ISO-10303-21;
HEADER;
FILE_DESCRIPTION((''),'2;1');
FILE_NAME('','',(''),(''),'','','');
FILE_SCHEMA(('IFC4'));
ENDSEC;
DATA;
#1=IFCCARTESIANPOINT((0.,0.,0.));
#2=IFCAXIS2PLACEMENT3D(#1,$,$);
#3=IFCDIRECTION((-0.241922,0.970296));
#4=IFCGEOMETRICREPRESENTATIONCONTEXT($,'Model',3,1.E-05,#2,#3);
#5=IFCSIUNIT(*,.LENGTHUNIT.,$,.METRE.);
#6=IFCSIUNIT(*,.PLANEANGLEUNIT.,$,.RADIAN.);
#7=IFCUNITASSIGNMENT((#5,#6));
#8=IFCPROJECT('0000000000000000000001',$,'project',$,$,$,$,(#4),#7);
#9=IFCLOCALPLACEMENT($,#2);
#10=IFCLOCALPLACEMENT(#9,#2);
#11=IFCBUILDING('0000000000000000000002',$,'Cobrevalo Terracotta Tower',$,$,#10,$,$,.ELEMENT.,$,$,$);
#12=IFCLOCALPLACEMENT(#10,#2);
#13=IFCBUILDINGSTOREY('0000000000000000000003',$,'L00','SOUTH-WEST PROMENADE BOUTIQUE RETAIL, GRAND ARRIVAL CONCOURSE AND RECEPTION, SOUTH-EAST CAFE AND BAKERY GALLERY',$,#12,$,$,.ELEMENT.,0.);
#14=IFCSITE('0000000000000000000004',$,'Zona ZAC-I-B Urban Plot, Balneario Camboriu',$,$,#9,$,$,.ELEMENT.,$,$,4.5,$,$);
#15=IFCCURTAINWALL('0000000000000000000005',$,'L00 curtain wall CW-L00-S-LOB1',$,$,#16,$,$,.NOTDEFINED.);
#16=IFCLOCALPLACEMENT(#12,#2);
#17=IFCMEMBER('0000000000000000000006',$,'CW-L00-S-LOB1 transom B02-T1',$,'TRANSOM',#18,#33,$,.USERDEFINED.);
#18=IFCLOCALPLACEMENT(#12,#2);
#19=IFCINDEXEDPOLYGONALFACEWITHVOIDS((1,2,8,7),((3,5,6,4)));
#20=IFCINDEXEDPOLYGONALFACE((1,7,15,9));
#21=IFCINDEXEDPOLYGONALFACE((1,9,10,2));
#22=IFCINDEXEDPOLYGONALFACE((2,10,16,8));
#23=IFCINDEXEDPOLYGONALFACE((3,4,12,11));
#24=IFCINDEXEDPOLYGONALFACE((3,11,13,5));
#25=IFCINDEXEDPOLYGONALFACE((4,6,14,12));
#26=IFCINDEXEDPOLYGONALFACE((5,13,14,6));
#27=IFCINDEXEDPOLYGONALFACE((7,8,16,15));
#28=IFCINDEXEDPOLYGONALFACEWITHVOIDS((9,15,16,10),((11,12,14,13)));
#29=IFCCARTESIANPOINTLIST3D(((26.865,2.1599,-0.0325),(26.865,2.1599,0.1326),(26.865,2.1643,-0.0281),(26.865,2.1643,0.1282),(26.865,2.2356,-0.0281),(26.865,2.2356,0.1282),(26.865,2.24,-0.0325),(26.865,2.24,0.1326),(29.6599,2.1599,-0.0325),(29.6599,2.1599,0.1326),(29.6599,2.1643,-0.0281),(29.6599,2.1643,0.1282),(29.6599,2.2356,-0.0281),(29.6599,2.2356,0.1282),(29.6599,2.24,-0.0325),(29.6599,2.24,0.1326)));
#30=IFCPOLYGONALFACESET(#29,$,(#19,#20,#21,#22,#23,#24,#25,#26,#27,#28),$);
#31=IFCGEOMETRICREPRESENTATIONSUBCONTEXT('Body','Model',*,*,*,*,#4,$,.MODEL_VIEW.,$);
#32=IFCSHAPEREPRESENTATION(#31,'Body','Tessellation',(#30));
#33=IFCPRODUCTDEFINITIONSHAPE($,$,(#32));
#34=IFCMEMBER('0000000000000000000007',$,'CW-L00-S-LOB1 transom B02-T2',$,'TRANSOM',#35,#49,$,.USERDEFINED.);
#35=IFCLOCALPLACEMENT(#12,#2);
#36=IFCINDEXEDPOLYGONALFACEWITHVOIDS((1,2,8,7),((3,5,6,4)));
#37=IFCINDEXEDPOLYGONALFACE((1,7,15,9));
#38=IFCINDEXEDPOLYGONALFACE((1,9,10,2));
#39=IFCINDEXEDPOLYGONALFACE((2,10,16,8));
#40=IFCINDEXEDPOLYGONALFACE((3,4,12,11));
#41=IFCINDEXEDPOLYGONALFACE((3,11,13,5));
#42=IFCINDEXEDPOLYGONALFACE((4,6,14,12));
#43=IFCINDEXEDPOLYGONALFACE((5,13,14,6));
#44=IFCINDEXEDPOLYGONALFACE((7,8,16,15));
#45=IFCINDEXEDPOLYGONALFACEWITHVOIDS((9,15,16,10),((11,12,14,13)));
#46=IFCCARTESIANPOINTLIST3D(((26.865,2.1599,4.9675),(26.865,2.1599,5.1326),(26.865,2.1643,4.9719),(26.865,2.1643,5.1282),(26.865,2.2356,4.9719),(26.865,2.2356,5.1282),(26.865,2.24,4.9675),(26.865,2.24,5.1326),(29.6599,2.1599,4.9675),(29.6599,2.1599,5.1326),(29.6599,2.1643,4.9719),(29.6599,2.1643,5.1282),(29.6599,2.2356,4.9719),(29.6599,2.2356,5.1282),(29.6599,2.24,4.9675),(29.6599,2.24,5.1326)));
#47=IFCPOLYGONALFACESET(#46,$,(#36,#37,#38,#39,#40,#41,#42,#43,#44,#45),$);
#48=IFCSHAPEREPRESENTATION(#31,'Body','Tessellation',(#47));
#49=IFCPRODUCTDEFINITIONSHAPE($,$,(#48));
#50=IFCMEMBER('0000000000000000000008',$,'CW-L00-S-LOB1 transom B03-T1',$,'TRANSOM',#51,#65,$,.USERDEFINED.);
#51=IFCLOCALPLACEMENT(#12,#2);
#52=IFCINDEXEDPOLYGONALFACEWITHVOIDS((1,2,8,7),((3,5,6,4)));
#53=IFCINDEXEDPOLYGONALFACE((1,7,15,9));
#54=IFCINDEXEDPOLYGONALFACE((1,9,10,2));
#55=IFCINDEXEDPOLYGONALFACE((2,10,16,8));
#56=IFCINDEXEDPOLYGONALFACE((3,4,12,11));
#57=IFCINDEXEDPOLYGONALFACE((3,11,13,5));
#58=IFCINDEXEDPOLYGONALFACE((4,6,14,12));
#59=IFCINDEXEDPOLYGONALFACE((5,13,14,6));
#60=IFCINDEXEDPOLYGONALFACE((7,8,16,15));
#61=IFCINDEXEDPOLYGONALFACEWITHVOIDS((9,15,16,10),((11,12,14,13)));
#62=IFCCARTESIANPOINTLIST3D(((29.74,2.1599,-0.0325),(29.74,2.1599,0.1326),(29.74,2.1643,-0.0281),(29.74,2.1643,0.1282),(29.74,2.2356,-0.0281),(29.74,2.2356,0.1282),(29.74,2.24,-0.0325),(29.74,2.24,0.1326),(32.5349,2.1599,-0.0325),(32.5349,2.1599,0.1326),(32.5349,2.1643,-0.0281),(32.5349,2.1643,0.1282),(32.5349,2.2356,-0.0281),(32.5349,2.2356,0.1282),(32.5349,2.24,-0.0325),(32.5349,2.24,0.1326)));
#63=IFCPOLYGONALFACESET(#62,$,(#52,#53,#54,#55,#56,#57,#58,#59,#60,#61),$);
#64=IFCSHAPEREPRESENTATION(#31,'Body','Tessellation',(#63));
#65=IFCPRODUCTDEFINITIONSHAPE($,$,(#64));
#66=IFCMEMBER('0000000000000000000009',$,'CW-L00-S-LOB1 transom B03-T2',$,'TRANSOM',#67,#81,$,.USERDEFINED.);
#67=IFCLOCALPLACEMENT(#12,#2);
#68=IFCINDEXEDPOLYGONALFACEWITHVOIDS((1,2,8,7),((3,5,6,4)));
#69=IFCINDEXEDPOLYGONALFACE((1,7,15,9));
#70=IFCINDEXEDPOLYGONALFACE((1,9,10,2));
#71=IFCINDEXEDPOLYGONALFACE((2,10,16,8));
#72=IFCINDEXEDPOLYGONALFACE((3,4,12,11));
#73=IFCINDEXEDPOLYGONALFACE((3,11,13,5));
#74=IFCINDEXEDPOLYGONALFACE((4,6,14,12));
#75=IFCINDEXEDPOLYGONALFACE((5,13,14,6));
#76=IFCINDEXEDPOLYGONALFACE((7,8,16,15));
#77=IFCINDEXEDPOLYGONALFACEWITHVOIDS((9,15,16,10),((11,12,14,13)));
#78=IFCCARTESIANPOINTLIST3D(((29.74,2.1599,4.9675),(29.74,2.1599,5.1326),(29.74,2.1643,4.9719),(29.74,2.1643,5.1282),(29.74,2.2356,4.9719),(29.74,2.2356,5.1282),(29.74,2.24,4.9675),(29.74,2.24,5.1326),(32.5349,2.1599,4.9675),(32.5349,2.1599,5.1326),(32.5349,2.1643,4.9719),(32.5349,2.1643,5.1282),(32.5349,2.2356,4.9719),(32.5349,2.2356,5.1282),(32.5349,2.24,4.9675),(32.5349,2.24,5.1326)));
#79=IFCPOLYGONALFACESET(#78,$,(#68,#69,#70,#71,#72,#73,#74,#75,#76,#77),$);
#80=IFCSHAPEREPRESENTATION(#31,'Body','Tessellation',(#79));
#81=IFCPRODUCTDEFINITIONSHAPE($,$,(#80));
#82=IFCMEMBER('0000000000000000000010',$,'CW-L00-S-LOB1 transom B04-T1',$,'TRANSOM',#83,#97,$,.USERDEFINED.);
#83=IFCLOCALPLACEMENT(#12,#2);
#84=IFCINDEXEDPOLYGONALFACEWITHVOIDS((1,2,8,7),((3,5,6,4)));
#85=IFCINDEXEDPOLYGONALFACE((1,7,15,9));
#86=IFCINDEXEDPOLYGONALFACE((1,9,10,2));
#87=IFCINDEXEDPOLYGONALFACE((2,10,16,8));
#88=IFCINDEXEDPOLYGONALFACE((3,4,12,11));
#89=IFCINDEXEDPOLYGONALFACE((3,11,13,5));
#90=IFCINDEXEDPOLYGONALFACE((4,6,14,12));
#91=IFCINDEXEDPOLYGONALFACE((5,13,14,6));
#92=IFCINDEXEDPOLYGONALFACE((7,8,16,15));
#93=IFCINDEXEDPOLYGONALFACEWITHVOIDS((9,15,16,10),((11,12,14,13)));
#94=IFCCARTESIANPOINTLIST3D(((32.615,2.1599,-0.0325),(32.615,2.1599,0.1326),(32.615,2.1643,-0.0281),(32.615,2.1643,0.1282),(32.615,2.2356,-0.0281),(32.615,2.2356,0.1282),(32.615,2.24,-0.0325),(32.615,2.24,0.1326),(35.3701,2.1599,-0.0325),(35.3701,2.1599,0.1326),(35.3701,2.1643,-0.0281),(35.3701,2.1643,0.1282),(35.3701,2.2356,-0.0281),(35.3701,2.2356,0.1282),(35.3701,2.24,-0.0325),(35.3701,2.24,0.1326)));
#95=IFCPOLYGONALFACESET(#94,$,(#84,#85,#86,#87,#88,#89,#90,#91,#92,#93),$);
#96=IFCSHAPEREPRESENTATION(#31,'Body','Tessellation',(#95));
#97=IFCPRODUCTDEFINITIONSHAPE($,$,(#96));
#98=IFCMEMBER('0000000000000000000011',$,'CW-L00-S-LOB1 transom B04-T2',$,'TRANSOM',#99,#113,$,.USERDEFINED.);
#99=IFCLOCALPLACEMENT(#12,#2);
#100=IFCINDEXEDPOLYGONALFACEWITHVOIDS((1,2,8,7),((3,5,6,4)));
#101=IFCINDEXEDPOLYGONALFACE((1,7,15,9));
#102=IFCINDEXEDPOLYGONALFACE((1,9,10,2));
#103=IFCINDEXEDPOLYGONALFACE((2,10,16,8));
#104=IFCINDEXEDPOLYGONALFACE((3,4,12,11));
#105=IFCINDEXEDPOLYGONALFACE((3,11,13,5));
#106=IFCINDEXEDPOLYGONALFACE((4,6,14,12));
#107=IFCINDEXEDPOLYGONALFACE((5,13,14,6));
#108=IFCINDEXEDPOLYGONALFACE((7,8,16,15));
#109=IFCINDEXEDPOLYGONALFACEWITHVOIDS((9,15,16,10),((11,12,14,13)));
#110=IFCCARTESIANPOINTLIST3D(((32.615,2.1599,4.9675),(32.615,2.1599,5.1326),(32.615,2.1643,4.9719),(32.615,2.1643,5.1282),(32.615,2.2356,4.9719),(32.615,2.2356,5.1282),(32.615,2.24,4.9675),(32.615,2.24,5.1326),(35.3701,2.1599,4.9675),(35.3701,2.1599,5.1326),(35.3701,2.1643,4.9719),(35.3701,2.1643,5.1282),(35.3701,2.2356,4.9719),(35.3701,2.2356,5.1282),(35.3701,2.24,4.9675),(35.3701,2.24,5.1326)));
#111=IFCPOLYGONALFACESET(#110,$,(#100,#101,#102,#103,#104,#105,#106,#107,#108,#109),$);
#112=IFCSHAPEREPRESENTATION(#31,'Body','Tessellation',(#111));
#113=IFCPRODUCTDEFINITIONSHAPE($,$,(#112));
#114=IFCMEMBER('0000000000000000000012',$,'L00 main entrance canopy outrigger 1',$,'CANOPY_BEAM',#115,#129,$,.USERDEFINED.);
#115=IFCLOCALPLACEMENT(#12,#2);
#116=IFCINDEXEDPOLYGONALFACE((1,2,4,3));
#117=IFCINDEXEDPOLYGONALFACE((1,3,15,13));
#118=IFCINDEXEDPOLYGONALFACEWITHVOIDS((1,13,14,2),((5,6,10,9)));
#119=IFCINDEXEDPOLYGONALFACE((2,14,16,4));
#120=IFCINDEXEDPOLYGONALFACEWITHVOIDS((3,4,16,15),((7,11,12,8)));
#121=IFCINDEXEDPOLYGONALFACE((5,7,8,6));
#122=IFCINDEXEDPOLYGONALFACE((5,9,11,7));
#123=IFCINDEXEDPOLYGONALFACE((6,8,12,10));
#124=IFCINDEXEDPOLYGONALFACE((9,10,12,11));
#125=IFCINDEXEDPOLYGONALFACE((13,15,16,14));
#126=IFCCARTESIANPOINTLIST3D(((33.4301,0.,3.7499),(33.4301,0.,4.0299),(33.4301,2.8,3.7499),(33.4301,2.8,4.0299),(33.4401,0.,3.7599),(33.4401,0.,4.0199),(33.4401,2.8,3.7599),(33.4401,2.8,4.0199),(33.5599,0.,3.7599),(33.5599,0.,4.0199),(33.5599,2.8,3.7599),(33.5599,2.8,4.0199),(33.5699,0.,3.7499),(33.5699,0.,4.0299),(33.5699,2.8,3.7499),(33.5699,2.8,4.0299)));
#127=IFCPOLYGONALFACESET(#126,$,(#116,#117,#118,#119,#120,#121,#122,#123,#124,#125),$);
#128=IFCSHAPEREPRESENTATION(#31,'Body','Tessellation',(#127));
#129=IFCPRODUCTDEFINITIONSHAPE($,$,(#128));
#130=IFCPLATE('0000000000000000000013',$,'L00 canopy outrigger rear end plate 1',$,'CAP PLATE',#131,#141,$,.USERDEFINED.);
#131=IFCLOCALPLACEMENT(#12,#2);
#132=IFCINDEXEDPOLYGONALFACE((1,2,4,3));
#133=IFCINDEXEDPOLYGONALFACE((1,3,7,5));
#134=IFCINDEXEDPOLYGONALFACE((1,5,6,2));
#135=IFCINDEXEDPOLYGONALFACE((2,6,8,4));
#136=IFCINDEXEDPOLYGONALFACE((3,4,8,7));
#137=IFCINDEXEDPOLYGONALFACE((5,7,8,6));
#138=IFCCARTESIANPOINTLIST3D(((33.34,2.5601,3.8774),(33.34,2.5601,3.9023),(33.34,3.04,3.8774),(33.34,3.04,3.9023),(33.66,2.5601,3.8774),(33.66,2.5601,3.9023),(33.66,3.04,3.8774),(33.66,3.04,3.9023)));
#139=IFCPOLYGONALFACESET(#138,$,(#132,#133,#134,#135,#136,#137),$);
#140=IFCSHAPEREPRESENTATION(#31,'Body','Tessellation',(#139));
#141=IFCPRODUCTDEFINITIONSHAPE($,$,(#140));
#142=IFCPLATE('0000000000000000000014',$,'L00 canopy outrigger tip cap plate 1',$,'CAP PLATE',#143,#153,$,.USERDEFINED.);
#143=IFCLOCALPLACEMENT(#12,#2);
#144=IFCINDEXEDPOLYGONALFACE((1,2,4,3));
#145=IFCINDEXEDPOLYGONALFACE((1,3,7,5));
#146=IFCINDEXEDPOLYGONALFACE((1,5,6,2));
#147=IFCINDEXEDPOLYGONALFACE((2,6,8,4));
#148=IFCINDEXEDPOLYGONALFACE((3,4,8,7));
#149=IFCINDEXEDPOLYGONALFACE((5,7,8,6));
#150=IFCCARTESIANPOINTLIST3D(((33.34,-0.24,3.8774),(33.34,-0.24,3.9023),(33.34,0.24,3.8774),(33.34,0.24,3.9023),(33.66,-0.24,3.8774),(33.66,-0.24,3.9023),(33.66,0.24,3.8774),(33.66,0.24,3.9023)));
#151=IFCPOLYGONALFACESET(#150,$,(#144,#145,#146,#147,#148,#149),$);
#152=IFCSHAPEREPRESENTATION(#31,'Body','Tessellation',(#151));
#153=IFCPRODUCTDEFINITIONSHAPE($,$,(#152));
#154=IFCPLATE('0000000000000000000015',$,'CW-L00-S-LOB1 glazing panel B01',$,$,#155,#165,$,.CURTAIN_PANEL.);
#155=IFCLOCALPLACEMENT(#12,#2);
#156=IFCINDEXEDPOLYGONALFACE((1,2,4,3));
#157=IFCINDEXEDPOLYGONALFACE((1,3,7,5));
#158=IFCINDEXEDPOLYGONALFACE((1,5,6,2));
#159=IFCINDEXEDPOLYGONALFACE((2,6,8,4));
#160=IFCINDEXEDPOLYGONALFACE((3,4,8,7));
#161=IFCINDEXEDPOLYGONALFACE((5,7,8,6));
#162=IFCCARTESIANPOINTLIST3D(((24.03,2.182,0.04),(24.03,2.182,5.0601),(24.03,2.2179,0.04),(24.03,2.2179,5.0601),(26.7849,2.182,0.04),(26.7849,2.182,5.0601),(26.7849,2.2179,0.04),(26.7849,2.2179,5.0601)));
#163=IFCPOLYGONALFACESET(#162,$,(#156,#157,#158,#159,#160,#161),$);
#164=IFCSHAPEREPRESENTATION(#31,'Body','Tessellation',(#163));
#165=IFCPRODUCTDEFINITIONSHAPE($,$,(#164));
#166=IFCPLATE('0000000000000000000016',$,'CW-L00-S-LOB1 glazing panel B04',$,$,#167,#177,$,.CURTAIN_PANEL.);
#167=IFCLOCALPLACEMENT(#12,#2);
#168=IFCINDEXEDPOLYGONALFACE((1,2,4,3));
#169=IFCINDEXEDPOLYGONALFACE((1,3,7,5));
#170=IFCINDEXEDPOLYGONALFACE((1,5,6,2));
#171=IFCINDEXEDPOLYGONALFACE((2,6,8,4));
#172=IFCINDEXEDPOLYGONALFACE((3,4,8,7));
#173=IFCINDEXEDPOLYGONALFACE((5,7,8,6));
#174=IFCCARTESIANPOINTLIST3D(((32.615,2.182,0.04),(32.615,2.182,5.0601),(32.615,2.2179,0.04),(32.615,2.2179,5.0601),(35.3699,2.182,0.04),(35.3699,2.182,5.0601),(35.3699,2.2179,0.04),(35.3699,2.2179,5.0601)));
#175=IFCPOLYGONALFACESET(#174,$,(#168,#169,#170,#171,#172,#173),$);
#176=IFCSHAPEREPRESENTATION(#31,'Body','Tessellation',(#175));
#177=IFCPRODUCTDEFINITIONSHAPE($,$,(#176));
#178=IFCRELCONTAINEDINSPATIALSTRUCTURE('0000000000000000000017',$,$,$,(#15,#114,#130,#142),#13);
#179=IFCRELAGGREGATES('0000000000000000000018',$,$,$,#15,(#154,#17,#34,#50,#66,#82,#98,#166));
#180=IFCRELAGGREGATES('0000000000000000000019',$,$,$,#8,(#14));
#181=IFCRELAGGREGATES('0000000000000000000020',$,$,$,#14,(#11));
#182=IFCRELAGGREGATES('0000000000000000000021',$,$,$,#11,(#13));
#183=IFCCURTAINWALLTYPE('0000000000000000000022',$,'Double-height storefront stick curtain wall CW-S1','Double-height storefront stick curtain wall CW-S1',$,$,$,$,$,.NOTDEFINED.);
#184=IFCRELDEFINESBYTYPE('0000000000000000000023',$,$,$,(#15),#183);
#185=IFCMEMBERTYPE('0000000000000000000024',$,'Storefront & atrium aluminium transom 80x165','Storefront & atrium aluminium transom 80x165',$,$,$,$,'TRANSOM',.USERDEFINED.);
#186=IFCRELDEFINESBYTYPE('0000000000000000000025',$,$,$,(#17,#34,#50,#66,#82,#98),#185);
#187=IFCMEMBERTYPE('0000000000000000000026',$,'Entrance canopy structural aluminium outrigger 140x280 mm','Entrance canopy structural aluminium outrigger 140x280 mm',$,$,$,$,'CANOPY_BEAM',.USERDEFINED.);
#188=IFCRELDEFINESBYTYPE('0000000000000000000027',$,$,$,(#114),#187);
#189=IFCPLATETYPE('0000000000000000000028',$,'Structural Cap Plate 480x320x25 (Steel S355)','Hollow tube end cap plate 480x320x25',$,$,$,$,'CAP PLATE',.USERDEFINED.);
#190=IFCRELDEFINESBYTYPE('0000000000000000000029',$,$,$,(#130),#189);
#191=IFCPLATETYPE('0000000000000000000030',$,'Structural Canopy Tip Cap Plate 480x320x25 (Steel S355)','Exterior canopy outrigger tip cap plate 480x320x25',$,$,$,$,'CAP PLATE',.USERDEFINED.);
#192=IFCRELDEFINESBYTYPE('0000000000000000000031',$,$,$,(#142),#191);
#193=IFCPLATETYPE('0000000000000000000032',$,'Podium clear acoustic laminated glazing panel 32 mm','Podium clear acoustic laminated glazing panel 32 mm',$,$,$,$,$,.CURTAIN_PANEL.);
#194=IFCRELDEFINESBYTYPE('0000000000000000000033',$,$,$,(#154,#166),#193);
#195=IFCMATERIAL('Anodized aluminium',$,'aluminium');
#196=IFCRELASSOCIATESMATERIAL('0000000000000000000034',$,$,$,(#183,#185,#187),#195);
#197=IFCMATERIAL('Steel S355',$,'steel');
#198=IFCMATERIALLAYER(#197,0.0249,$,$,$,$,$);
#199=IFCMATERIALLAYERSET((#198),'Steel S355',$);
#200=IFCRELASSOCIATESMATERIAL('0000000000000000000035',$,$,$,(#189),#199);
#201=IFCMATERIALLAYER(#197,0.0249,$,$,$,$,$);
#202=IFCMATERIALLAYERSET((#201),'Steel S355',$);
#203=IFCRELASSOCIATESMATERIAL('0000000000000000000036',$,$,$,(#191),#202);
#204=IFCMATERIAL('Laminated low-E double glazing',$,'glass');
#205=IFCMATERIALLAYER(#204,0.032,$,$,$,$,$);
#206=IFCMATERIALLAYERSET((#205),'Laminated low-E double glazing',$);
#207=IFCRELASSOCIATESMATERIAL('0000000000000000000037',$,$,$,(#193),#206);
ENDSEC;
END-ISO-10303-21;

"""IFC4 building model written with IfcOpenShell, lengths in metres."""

from ifc_helpers import new_model, si_unit, direction, frame, origin, origin_2d, place, context, subcontext, project, spatial, rectangle, hollow_rectangle, extrude, source, transform, mapped, material, layer, layer_set, material_profile, profile_set, type_object, element, aggregate, save


model = new_model("IFC4")

# Units and contexts
model_context = context("Model", 3, precision=1e-05, world=origin(), true_north=direction((-0.241922, 0.970296)))
body_context = subcontext(model_context, "Body", "Model", "MODEL_VIEW")
ifc_project = project(units=[si_unit("LENGTHUNIT", "METRE"), si_unit("PLANEANGLEUNIT", "RADIAN")], contexts=[model_context])

# Site, building, storey
site_placement = place(None, origin())
site = spatial("IfcSite", under=ifc_project, at=site_placement, Name="Zona ZAC-I-B Urban Plot, Balneario Camboriu", CompositionType="ELEMENT", RefElevation=4.5)
building_placement = place(site_placement, origin())
building = spatial("IfcBuilding", under=site, at=building_placement, Name="Cobrevalo Terracotta Tower", CompositionType="ELEMENT")
storey_placement = place(building_placement, origin())
storey = spatial("IfcBuildingStorey", under=building, at=storey_placement, Name="L00", Description="SOUTH-WEST PROMENADE BOUTIQUE RETAIL, GRAND ARRIVAL CONCOURSE AND RECEPTION, SOUTH-EAST CAFE AND BAKERY GALLERY", CompositionType="ELEMENT", Elevation=0.0)

# Shared definitions
ifc_material_1 = material(Name="Steel S355", Category="steel")

# Curtain wall, members
ifc_material_2 = material(Name="Anodized aluminium", Category="aluminium")
curtain_wall_type = type_object("IfcCurtainWallType", Name="Double-height storefront stick curtain wall CW-S1", Description="Double-height storefront stick curtain wall CW-S1", PredefinedType="NOTDEFINED", material=ifc_material_2)
curtain_wall_placement = place(storey_placement, origin())
curtain_wall = element("IfcCurtainWall", 1, at=curtain_wall_placement, inside=storey, type_object=curtain_wall_type, Name="L00 curtain wall CW-L00-S-LOB1", PredefinedType="NOTDEFINED")
ifc_material_profile_1 = material_profile(ifc_material_2, hollow_rectangle(XDim=0.0801, YDim=0.165, WallThickness=0.0044, at=origin_2d()), Name="CWT 80x165")
ifc_profile_set_1 = profile_set([ifc_material_profile_1], Name="Anodized aluminium")
member_type_1 = type_object("IfcMemberType", Name="Storefront & atrium aluminium transom 80x165", Description="Storefront & atrium aluminium transom 80x165", ElementType="TRANSOM", PredefinedType="USERDEFINED", material=ifc_profile_set_1)
shared_shape_1 = source(origin(), body_context, "Body", "SweptSolid", [
    extrude(hollow_rectangle(XDim=0.0801, YDim=0.165, WallThickness=0.0044, at=origin_2d()), origin(), (0.0, 0.0, 1.0), 2.7949),
])
member_1_placement = place(storey_placement, frame((26.865, 2.2, 0.05), z_axis=(1.0, 0.0, 0.0), x_axis=(0.0, 1.0, 0.0)))
member_1 = element("IfcMember", 2, at=member_1_placement, type_object=member_type_1, Name="CW-L00-S-LOB1 transom B02-T1", ObjectType="TRANSOM", PredefinedType="USERDEFINED", context=body_context, shape_type="MappedRepresentation", body=[
    mapped(shared_shape_1, transform((0.0, 0.0, 0.0), scale=1.0)),
])
member_2_placement = place(storey_placement, frame((26.865, 2.2, 5.05), z_axis=(1.0, 0.0, 0.0), x_axis=(0.0, 1.0, 0.0)))
member_2 = element("IfcMember", 3, at=member_2_placement, type_object=member_type_1, Name="CW-L00-S-LOB1 transom B02-T2", ObjectType="TRANSOM", PredefinedType="USERDEFINED", context=body_context, shape_type="MappedRepresentation", body=[
    mapped(shared_shape_1, transform((0.0, 0.0, 0.0), scale=1.0)),
])
member_3_placement = place(storey_placement, frame((29.74, 2.2, 0.05), z_axis=(1.0, 0.0, 0.0), x_axis=(0.0, 1.0, 0.0)))
member_3 = element("IfcMember", 4, at=member_3_placement, type_object=member_type_1, Name="CW-L00-S-LOB1 transom B03-T1", ObjectType="TRANSOM", PredefinedType="USERDEFINED", context=body_context, shape_type="MappedRepresentation", body=[
    mapped(shared_shape_1, transform((0.0, 0.0, 0.0), scale=1.0)),
])
member_4_placement = place(storey_placement, frame((29.74, 2.2, 5.05), z_axis=(1.0, 0.0, 0.0), x_axis=(0.0, 1.0, 0.0)))
member_4 = element("IfcMember", 5, at=member_4_placement, type_object=member_type_1, Name="CW-L00-S-LOB1 transom B03-T2", ObjectType="TRANSOM", PredefinedType="USERDEFINED", context=body_context, shape_type="MappedRepresentation", body=[
    mapped(shared_shape_1, transform((0.0, 0.0, 0.0), scale=1.0)),
])
shared_shape_2 = source(origin(), body_context, "Body", "SweptSolid", [
    extrude(hollow_rectangle(XDim=0.0801, YDim=0.165, WallThickness=0.0044, at=origin_2d()), origin(), (0.0, 0.0, 1.0), 2.7551),
])
member_5_placement = place(storey_placement, frame((32.615, 2.2, 0.05), z_axis=(1.0, 0.0, 0.0), x_axis=(0.0, 1.0, 0.0)))
member_5 = element("IfcMember", 6, at=member_5_placement, type_object=member_type_1, Name="CW-L00-S-LOB1 transom B04-T1", ObjectType="TRANSOM", PredefinedType="USERDEFINED", context=body_context, shape_type="MappedRepresentation", body=[
    mapped(shared_shape_2, transform((0.0, 0.0, 0.0), scale=1.0)),
])
member_6_placement = place(storey_placement, frame((32.615, 2.2, 5.05), z_axis=(1.0, 0.0, 0.0), x_axis=(0.0, 1.0, 0.0)))
member_6 = element("IfcMember", 7, at=member_6_placement, type_object=member_type_1, Name="CW-L00-S-LOB1 transom B04-T2", ObjectType="TRANSOM", PredefinedType="USERDEFINED", context=body_context, shape_type="MappedRepresentation", body=[
    mapped(shared_shape_2, transform((0.0, 0.0, 0.0), scale=1.0)),
])

# Member
ifc_material_profile_2 = material_profile(ifc_material_2, hollow_rectangle(XDim=0.1399, YDim=0.28, WallThickness=0.01, at=origin_2d()), Name="CANOPY OUTRIGGER 140x280")
ifc_profile_set_2 = profile_set([ifc_material_profile_2], Name="Anodized aluminium")
member_type_2 = type_object("IfcMemberType", Name="Entrance canopy structural aluminium outrigger 140x280 mm", Description="Entrance canopy structural aluminium outrigger 140x280 mm", ElementType="CANOPY_BEAM", PredefinedType="USERDEFINED", material=ifc_profile_set_2)
shared_shape_3 = source(origin(), body_context, "Body", "SweptSolid", [
    extrude(hollow_rectangle(XDim=0.1399, YDim=0.28, WallThickness=0.01, at=origin_2d()), origin(), (0.0, 0.0, 1.0), 2.8),
])
member_7_placement = place(storey_placement, frame((33.5, 2.8, 3.8899), z_axis=(0.0, -1.0, 0.0), x_axis=(1.0, 0.0, 0.0)))
element("IfcMember", 8, at=member_7_placement, inside=storey, type_object=member_type_2, Name="L00 main entrance canopy outrigger 1", ObjectType="CANOPY_BEAM", PredefinedType="USERDEFINED", context=body_context, shape_type="MappedRepresentation", body=[
    mapped(shared_shape_3, transform((0.0, 0.0, 0.0), scale=1.0)),
])

# Plates
ifc_layer_1 = layer(ifc_material_1, 0.0249)
ifc_layer_set_1 = layer_set([ifc_layer_1], Name="Steel S355")
plate_type_1 = type_object("IfcPlateType", Name="Structural Cap Plate 480x320x25 (Steel S355)", Description="Hollow tube end cap plate 480x320x25", ElementType="CAP PLATE", PredefinedType="USERDEFINED", material=ifc_layer_set_1)
shared_shape_4 = source(origin(), body_context, "Body", "SweptSolid", [
    extrude(rectangle(XDim=0.48, YDim=0.3201, at=origin_2d()), origin(), (0.0, 0.0, 1.0), 0.0249),
])
plate_1_placement = place(storey_placement, frame((33.5, 2.8, 3.8774), z_axis=(0.0, 0.0, 1.0), x_axis=(0.0, 1.0, 0.0)))
element("IfcPlate", 9, at=plate_1_placement, inside=storey, type_object=plate_type_1, Name="L00 canopy outrigger rear end plate 1", ObjectType="CAP PLATE", PredefinedType="USERDEFINED", context=body_context, shape_type="MappedRepresentation", body=[
    mapped(shared_shape_4, transform((0.0, 0.0, 0.0), scale=1.0)),
])
ifc_layer_2 = layer(ifc_material_1, 0.0249)
ifc_layer_set_2 = layer_set([ifc_layer_2], Name="Steel S355")
plate_type_2 = type_object("IfcPlateType", Name="Structural Canopy Tip Cap Plate 480x320x25 (Steel S355)", Description="Exterior canopy outrigger tip cap plate 480x320x25", ElementType="CAP PLATE", PredefinedType="USERDEFINED", material=ifc_layer_set_2)
plate_2_placement = place(storey_placement, frame((33.5, 0.0, 3.8774), z_axis=(0.0, 0.0, 1.0), x_axis=(0.0, 1.0, 0.0)))
element("IfcPlate", 10, at=plate_2_placement, inside=storey, type_object=plate_type_2, Name="L00 canopy outrigger tip cap plate 1", ObjectType="CAP PLATE", PredefinedType="USERDEFINED", context=body_context, shape_type="MappedRepresentation", body=[
    mapped(shared_shape_4, transform((0.0, 0.0, 0.0), scale=1.0)),
])

# Plates
ifc_material_3 = material(Name="Laminated low-E double glazing", Category="glass")
ifc_layer_3 = layer(ifc_material_3, 0.032)
ifc_layer_set_3 = layer_set([ifc_layer_3], Name="Laminated low-E double glazing")
plate_type_3 = type_object("IfcPlateType", Name="Podium clear acoustic laminated glazing panel 32 mm", Description="Podium clear acoustic laminated glazing panel 32 mm", PredefinedType="CURTAIN_PANEL", material=ifc_layer_set_3)
shared_shape_5 = source(origin(), body_context, "Body", "SweptSolid", [
    extrude(rectangle(XDim=2.7549, YDim=0.0359, at=origin_2d()), origin(), (0.0, 0.0, 1.0), 5.02),
])
plate_3_placement = place(storey_placement, frame((25.4075, 2.2, 0.04), z_axis=(0.0, 0.0, 1.0), x_axis=(1.0, 0.0, 0.0)))
plate_3 = element("IfcPlate", 11, at=plate_3_placement, type_object=plate_type_3, Name="CW-L00-S-LOB1 glazing panel B01", PredefinedType="CURTAIN_PANEL", context=body_context, shape_type="MappedRepresentation", body=[
    mapped(shared_shape_5, transform((0.0, 0.0, 0.0), scale=1.0)),
])
plate_4_placement = place(storey_placement, frame((33.9924, 2.2, 0.04), z_axis=(0.0, 0.0, 1.0), x_axis=(1.0, 0.0, 0.0)))
plate_4 = element("IfcPlate", 12, at=plate_4_placement, type_object=plate_type_3, Name="CW-L00-S-LOB1 glazing panel B04", PredefinedType="CURTAIN_PANEL", context=body_context, shape_type="MappedRepresentation", body=[
    mapped(shared_shape_5, transform((0.0, 0.0, 0.0), scale=1.0)),
])
aggregate(curtain_wall, [plate_3, member_1, member_2, member_3, member_4, member_5, member_6, plate_4])

save(model, "model.ifc")
